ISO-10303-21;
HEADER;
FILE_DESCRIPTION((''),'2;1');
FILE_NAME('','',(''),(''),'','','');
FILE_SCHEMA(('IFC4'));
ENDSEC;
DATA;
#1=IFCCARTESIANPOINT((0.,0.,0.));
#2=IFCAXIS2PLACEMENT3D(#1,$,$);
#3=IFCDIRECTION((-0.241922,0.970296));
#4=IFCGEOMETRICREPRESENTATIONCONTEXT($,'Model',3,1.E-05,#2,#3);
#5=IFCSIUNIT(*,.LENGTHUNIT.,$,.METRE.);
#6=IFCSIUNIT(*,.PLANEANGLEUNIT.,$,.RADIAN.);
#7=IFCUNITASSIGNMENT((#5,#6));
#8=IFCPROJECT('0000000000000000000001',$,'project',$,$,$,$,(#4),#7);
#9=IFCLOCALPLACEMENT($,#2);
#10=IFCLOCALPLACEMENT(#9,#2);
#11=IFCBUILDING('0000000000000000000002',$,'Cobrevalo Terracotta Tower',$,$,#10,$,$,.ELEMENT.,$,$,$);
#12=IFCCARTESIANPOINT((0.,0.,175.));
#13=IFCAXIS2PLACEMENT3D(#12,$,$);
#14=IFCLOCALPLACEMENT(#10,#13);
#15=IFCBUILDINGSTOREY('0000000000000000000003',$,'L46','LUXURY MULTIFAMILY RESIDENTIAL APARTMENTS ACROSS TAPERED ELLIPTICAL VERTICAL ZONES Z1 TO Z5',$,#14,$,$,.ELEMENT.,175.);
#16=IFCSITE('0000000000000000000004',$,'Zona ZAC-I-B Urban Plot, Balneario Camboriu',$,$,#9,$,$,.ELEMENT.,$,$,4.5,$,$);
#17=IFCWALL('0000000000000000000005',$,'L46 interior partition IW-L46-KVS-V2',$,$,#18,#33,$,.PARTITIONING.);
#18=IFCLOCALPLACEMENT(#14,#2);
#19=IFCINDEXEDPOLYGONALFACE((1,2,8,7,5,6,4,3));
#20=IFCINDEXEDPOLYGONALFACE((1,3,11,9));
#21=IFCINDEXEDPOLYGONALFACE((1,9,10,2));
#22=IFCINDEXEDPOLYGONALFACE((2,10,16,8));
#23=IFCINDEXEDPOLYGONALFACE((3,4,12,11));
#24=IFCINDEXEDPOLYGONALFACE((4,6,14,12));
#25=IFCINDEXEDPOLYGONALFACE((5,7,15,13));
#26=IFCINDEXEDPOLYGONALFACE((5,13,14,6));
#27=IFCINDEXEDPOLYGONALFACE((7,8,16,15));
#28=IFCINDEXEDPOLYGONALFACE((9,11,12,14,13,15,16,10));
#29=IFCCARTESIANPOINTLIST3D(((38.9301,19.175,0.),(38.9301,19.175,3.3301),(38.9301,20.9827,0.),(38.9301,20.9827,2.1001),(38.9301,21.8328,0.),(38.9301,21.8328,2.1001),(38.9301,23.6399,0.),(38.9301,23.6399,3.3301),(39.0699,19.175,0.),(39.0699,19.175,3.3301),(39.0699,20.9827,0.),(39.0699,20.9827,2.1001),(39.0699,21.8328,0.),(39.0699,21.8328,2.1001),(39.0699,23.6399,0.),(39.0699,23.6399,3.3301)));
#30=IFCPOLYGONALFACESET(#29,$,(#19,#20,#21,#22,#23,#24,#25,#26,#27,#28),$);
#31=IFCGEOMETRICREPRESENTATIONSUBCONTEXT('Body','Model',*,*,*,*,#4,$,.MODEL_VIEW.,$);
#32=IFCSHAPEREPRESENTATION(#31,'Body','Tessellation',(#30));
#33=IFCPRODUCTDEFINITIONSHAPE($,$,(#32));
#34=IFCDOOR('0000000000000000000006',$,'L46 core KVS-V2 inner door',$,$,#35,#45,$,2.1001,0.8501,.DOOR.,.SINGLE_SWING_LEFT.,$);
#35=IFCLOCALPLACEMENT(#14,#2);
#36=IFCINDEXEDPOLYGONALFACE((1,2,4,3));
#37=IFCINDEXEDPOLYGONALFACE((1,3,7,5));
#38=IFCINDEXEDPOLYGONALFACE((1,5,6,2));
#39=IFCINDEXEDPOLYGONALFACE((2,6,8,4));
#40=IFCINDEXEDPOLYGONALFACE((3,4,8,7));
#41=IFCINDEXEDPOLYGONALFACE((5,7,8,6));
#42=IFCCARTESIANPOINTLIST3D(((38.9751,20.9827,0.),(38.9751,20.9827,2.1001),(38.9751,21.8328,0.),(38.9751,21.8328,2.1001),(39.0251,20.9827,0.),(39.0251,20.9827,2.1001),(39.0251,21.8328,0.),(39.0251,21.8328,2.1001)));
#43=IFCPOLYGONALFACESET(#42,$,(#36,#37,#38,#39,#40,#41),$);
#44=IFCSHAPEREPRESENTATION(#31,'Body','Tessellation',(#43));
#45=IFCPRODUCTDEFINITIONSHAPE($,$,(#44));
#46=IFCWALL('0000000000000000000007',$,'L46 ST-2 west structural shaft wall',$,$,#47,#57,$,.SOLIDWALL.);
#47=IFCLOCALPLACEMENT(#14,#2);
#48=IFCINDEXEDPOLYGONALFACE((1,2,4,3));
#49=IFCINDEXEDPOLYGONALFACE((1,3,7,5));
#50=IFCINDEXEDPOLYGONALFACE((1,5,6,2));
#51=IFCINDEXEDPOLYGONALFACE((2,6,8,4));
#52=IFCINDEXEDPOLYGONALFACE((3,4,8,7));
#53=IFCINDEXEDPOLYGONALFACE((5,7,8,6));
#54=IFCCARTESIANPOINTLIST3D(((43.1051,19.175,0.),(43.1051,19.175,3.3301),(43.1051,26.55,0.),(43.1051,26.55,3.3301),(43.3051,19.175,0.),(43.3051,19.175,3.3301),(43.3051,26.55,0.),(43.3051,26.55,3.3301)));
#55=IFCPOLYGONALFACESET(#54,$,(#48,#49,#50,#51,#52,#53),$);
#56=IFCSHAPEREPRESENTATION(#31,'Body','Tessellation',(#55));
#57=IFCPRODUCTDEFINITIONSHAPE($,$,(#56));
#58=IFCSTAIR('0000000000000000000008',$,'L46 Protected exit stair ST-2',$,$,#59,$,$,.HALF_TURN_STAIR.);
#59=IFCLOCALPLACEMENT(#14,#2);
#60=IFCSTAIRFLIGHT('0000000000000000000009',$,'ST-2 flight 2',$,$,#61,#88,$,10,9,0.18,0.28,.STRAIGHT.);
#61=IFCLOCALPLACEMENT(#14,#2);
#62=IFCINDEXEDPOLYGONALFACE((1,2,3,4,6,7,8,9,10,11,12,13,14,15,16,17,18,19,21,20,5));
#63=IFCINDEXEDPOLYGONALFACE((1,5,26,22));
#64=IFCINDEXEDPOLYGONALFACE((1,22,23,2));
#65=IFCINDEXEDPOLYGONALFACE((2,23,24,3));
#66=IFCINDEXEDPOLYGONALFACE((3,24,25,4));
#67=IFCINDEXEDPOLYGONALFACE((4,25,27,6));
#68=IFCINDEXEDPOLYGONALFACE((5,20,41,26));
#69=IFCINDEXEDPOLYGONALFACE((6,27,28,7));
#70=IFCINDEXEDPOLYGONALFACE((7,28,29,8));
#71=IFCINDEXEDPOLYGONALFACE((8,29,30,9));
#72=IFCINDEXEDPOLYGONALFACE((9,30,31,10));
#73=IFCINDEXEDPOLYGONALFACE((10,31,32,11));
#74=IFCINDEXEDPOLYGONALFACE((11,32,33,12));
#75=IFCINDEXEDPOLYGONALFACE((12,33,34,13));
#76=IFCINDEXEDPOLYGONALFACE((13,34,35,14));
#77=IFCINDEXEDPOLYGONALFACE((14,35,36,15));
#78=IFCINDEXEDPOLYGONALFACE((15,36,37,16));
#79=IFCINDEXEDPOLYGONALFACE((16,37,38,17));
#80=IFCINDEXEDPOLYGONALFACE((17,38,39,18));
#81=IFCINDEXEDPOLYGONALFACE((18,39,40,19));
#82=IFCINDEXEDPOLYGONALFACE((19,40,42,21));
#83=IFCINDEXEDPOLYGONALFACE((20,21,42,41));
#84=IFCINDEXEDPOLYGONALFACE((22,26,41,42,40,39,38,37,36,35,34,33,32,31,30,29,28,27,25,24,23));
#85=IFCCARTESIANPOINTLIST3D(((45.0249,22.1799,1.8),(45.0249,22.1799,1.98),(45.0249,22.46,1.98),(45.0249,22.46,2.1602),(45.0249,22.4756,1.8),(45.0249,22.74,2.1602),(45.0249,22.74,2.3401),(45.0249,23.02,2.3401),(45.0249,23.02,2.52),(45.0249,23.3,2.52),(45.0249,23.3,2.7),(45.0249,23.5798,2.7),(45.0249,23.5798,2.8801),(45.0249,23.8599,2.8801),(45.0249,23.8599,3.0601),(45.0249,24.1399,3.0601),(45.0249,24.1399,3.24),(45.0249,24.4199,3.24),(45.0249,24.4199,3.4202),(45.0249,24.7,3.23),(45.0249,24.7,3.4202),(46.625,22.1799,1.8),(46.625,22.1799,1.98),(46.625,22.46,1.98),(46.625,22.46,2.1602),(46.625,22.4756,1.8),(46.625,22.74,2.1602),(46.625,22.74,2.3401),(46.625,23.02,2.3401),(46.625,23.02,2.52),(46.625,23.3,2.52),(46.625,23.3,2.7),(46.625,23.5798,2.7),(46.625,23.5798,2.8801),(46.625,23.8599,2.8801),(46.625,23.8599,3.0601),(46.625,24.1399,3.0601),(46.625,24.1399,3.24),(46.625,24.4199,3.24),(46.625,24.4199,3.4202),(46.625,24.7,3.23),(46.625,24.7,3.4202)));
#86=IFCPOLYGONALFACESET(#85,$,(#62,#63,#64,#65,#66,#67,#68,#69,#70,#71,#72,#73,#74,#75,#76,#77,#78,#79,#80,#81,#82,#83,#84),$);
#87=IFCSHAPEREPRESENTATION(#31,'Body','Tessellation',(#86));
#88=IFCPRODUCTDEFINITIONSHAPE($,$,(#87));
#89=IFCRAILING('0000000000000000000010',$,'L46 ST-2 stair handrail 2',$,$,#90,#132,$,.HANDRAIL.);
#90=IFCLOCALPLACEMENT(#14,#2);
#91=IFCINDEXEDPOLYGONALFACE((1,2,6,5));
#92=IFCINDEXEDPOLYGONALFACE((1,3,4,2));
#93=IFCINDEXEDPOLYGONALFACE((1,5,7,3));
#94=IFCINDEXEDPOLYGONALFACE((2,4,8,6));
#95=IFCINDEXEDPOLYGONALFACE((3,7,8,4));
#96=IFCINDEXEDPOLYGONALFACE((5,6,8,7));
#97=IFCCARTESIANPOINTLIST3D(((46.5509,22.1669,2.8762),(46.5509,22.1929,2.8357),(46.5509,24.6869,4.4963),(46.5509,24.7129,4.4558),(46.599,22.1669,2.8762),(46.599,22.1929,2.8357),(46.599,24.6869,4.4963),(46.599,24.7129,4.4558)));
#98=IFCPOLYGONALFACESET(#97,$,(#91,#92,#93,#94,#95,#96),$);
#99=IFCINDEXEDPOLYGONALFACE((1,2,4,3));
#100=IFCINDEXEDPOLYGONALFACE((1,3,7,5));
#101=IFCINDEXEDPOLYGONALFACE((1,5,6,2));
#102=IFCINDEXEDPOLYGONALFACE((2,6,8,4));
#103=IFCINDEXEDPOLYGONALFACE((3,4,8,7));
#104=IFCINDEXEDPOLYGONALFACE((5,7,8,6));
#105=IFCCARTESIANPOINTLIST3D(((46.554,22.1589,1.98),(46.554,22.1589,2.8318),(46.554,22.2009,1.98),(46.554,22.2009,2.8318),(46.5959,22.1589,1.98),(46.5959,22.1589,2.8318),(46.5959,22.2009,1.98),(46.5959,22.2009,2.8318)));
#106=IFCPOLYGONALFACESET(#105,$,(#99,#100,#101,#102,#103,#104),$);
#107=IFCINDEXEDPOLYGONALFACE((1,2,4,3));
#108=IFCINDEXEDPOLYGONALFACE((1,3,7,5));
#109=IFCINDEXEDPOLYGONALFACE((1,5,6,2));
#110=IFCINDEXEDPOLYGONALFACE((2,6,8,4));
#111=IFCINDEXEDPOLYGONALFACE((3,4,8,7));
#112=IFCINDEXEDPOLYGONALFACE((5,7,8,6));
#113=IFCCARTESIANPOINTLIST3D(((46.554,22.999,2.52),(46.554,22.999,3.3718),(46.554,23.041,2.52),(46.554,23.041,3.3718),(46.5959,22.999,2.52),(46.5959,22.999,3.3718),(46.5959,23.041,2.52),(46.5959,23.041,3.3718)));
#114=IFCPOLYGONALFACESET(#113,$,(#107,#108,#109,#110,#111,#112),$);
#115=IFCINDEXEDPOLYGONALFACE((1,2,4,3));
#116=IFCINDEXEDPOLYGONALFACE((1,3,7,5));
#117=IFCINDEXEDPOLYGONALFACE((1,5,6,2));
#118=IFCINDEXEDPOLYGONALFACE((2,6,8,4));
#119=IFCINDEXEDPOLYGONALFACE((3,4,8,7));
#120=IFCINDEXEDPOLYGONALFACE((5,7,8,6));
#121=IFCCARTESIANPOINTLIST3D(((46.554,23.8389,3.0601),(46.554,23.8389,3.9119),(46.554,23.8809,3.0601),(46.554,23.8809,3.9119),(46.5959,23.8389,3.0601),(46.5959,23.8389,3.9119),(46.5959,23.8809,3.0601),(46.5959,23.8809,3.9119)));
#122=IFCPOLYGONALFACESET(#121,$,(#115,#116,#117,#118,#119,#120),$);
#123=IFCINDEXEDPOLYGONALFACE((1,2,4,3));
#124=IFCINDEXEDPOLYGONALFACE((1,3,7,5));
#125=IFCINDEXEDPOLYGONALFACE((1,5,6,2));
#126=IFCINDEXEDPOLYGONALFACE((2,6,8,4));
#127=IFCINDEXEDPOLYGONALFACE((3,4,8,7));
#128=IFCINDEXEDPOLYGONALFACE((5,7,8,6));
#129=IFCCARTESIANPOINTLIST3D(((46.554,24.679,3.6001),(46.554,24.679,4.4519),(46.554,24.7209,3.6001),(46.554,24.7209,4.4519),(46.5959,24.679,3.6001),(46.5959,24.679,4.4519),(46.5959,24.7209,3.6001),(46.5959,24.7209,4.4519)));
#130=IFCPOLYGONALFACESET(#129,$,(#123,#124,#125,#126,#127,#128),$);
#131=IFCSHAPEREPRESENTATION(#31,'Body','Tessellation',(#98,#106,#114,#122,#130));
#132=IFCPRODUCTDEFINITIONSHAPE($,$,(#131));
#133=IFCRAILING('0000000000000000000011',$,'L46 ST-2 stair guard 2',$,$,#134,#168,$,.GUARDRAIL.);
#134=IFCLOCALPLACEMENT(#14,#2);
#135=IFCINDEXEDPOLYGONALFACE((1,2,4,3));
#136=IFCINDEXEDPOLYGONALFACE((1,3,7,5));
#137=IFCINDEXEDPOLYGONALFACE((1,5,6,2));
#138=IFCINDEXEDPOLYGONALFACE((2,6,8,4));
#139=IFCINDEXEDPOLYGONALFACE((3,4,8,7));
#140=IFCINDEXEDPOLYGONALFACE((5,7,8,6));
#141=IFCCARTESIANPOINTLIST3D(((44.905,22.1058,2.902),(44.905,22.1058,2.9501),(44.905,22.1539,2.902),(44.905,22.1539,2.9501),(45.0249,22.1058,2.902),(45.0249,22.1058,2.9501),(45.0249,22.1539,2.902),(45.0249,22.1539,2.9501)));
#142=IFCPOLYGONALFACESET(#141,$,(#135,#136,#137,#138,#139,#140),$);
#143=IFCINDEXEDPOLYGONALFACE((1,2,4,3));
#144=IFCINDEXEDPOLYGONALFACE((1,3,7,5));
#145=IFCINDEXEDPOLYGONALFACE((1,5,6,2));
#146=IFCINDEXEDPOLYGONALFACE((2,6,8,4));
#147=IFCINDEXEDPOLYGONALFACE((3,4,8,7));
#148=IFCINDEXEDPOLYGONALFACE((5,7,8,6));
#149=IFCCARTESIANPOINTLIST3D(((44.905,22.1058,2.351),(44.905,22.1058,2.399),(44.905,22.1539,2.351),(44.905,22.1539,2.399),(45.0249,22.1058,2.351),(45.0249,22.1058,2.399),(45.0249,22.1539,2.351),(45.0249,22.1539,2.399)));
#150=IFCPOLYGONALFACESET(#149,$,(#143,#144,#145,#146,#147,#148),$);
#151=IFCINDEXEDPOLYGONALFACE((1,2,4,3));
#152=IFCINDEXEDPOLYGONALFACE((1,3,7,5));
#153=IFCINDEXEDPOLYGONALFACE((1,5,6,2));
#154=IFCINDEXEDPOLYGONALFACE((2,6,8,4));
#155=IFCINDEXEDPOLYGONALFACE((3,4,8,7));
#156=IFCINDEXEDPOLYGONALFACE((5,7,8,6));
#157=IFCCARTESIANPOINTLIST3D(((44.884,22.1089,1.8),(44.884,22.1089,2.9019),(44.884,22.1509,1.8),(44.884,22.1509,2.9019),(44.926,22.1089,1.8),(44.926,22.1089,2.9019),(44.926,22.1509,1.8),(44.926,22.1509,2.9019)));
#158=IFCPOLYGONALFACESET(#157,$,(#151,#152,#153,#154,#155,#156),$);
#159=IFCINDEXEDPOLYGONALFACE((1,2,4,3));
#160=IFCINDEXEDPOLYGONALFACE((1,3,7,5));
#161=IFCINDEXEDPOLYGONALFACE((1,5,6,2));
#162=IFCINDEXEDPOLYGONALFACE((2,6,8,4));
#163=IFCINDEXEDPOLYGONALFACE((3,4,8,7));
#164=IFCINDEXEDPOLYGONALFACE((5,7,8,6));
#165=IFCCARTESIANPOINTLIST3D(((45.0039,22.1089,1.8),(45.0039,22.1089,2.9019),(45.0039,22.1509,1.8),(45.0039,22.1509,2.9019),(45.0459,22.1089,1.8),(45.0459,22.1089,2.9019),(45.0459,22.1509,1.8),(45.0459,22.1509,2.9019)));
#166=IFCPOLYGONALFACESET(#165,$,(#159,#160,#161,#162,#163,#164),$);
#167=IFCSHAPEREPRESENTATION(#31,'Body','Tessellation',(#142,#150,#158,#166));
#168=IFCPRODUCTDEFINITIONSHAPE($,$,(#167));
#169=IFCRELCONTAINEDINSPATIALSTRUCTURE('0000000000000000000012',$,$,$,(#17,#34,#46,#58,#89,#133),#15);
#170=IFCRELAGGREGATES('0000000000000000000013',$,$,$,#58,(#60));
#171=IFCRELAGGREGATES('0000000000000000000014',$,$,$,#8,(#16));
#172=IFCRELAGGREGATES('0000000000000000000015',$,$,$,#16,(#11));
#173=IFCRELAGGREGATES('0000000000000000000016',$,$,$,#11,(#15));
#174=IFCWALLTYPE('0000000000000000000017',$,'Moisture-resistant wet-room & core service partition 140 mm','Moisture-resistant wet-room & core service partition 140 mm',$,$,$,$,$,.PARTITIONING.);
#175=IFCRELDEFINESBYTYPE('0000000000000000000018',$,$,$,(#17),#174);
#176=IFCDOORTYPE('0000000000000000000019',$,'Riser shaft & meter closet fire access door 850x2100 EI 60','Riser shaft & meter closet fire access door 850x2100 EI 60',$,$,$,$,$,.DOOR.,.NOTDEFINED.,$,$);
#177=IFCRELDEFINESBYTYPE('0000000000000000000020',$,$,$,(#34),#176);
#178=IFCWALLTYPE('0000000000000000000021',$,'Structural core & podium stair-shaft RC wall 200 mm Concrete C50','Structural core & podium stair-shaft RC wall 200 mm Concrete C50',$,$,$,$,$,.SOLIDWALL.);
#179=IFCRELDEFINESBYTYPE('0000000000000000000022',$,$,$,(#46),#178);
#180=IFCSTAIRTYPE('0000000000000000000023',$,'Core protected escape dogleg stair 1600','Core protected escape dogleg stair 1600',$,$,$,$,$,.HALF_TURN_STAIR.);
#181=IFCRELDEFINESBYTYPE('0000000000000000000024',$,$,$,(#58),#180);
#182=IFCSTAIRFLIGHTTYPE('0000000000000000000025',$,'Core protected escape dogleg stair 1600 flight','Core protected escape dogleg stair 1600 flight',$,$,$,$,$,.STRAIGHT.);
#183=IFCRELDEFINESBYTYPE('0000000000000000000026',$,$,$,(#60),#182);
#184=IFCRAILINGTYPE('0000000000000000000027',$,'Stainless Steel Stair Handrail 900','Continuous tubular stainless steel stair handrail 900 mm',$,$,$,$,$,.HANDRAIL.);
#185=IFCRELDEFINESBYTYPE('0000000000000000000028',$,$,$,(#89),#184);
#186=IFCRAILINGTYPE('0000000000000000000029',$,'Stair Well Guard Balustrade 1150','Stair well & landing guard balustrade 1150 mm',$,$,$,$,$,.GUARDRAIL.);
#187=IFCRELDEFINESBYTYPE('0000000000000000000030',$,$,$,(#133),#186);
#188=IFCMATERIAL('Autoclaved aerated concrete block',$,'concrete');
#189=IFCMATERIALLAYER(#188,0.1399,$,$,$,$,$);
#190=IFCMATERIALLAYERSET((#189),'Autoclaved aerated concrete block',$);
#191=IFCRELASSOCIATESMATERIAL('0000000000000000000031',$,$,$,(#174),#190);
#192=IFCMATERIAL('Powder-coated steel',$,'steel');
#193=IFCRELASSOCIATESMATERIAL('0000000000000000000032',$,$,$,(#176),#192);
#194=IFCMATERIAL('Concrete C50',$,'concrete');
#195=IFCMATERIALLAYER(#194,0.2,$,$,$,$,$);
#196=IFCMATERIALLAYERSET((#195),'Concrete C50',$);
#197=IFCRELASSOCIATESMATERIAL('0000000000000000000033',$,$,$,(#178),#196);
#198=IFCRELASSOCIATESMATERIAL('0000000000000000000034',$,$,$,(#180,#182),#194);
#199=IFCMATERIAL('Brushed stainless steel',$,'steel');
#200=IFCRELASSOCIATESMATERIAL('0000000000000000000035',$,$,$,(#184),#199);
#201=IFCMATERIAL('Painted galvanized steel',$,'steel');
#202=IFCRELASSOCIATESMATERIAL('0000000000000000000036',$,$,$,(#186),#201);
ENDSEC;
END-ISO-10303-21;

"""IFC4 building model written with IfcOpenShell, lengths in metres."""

from ifc_helpers import new_model, si_unit, direction, frame, frame_2d, origin, origin_2d, place, context, subcontext, project, spatial, polyline, rectangle, outline, extrude, source, transform, mapped, material, layer, layer_set, type_object, element, fill, aggregate, save


model = new_model("IFC4")

# Units and contexts
model_context = context("Model", 3, precision=1e-05, world=origin(), true_north=direction((-0.241922, 0.970296)))
body_context = subcontext(model_context, "Body", "Model", "MODEL_VIEW")
ifc_project = project(units=[si_unit("LENGTHUNIT", "METRE"), si_unit("PLANEANGLEUNIT", "RADIAN")], contexts=[model_context])

# Site, building, storey
site_placement = place(None, origin())
site = spatial("IfcSite", under=ifc_project, at=site_placement, Name="Zona ZAC-I-B Urban Plot, Balneario Camboriu", CompositionType="ELEMENT", RefElevation=4.5)
building_placement = place(site_placement, origin())
building = spatial("IfcBuilding", under=site, at=building_placement, Name="Cobrevalo Terracotta Tower", CompositionType="ELEMENT")
storey_placement = place(building_placement, frame((0.0, 0.0, 175.0)))
storey = spatial("IfcBuildingStorey", under=building, at=storey_placement, Name="L46", Description="LUXURY MULTIFAMILY RESIDENTIAL APARTMENTS ACROSS TAPERED ELLIPTICAL VERTICAL ZONES Z1 TO Z5", CompositionType="ELEMENT", Elevation=175.0)

# Shared definitions
ifc_material_1 = material(Name="Autoclaved aerated concrete block", Category="concrete")

# Shared definitions
ifc_material_2 = material(Name="Concrete C50", Category="concrete")

# Shared definitions
ifc_layer_1 = layer(ifc_material_1, 0.1399)
ifc_layer_set_1 = layer_set([ifc_layer_1], Name="Autoclaved aerated concrete block")
wall_type_1 = type_object("IfcWallType", Name="Moisture-resistant wet-room & core service partition 140 mm", Description="Moisture-resistant wet-room & core service partition 140 mm", PredefinedType="PARTITIONING", material=ifc_layer_set_1)

# Wall, opening, door
ifc_material_3 = material(Name="Powder-coated steel", Category="steel")
door_type_1 = type_object("IfcDoorType", Name="Riser shaft & meter closet fire access door 850x2100 EI 60", Description="Riser shaft & meter closet fire access door 850x2100 EI 60", OperationType="NOTDEFINED", PredefinedType="DOOR", material=ifc_material_3)
shared_shape_1 = source(origin(), body_context, "Body", "SweptSolid", [
    extrude(rectangle(XDim=0.8501, YDim=2.1001, at=frame_2d((0.425, 1.05))), frame((0.0, 0.0249, 0.0), z_axis=(0.0, -1.0, 0.0), x_axis=(1.0, 0.0, 0.0)), (0.0, 0.0, 1.0), 0.05),
])
wall_1_placement = place(storey_placement, frame((39.0, 19.175, 0.0), z_axis=(0.0, 0.0, 1.0), x_axis=(0.0, 1.0, 0.0)))
wall_1 = element("IfcWall", 1, at=wall_1_placement, inside=storey, type_object=wall_type_1, Name="L46 interior partition IW-L46-KVS-V2", PredefinedType="PARTITIONING", context=body_context, shape_type="SweptSolid", body=[
    extrude(rectangle(XDim=4.4648, YDim=0.1399, at=frame_2d((2.2324, 0.0))), origin(), (0.0, 0.0, 1.0), 3.3301),
])
opening_1_placement = place(wall_1_placement, frame((1.8076, 0.0, 0.0)))
opening_1 = element("IfcOpeningElement", 2, at=opening_1_placement, cuts=wall_1, PredefinedType="OPENING", context=body_context, shape_type="SweptSolid", body=[
    extrude(rectangle(XDim=0.8501, YDim=2.1001, at=frame_2d((0.425, 1.05))), frame((0.0, 0.0801, 0.0), z_axis=(0.0, -1.0, 0.0), x_axis=(1.0, 0.0, 0.0)), (0.0, 0.0, 1.0), 0.1599),
])
door_1_placement = place(opening_1_placement, origin())
door_1 = element("IfcDoor", 3, at=door_1_placement, inside=storey, type_object=door_type_1, Name="L46 core KVS-V2 inner door", OperationType="SINGLE_SWING_LEFT", OverallHeight=2.1001, OverallWidth=0.8501, PredefinedType="DOOR", context=body_context, shape_type="MappedRepresentation", body=[
    mapped(shared_shape_1, transform((0.0, 0.0, 0.0), scale=1.0)),
])
fill(opening_1, door_1)

# Wall
ifc_layer_2 = layer(ifc_material_2, 0.2)
ifc_layer_set_2 = layer_set([ifc_layer_2], Name="Concrete C50")
wall_type_2 = type_object("IfcWallType", Name="Structural core & podium stair-shaft RC wall 200 mm Concrete C50", Description="Structural core & podium stair-shaft RC wall 200 mm Concrete C50", PredefinedType="SOLIDWALL", material=ifc_layer_set_2)
wall_2_placement = place(storey_placement, frame((43.2051, 19.175, 0.0), z_axis=(0.0, 0.0, 1.0), x_axis=(0.0, 1.0, 0.0)))
element("IfcWall", 4, at=wall_2_placement, inside=storey, type_object=wall_type_2, Name="L46 ST-2 west structural shaft wall", PredefinedType="SOLIDWALL", context=body_context, shape_type="SweptSolid", body=[
    extrude(rectangle(XDim=7.375, YDim=0.2, at=frame_2d((3.6875, 0.0))), origin(), (0.0, 0.0, 1.0), 3.3301),
])

# Stair, stair flight
stair_type = type_object("IfcStairType", Name="Core protected escape dogleg stair 1600", Description="Core protected escape dogleg stair 1600", PredefinedType="HALF_TURN_STAIR", material=ifc_material_2)
stair_placement = place(storey_placement, origin())
stair = element("IfcStair", 5, at=stair_placement, inside=storey, type_object=stair_type, Name="L46 Protected exit stair ST-2", PredefinedType="HALF_TURN_STAIR")
stair_flight_type = type_object("IfcStairFlightType", Name="Core protected escape dogleg stair 1600 flight", Description="Core protected escape dogleg stair 1600 flight", PredefinedType="STRAIGHT", material=ifc_material_2)
stair_flight_placement = place(storey_placement, frame((45.825, 22.1799, 1.8), z_axis=(0.0, 0.0, 1.0), x_axis=(0.0, 1.0, 0.0)))
stair_flight = element("IfcStairFlight", 6, at=stair_flight_placement, type_object=stair_flight_type, Name="ST-2 flight 2", NumberOfRisers=10, NumberOfTreads=9, PredefinedType="STRAIGHT", RiserHeight=0.18, TreadLength=0.28, context=body_context, shape_type="SweptSolid", body=[
    extrude(outline(polyline([(0.0, 0.0), (0.0, 0.1799), (0.28, 0.1799), (0.28, 0.3601), (0.5601, 0.3601), (0.5601, 0.54), (0.8401, 0.54), (0.8401, 0.72), (1.1201, 0.72), (1.1201, 0.8999), (1.3999, 0.8999), (1.3999, 1.0801), (1.6799, 1.0801), (1.6799, 1.26), (1.96, 1.26), (1.96, 1.4399), (2.24, 1.4399), (2.24, 1.6201), (2.52, 1.6201), (2.52, 1.8), (2.52, 1.4299), (0.2957, 0.0), (0.0, 0.0)])), frame((0.0, 0.8, 0.0), z_axis=(0.0, -1.0, 0.0), x_axis=(1.0, 0.0, 0.0)), (0.0, 0.0, 1.0), 1.6001),
])
aggregate(stair, [stair_flight])

# Railings
ifc_material_4 = material(Name="Brushed stainless steel", Category="steel")
railing_type_1 = type_object("IfcRailingType", Name="Stainless Steel Stair Handrail 900", Description="Continuous tubular stainless steel stair handrail 900 mm", PredefinedType="HANDRAIL", material=ifc_material_4)
railing_1_placement = place(storey_placement, frame((46.575, 22.1799, 1.98)))
element("IfcRailing", 7, at=railing_1_placement, inside=storey, type_object=railing_type_1, Name="L46 ST-2 stair handrail 2", PredefinedType="HANDRAIL", context=body_context, shape_type="SweptSolid", body=[
    extrude(rectangle(XDim=0.0481, YDim=0.0481, at=origin_2d()), frame((0.0, 0.0, 0.876), z_axis=(0.0, 0.841163, 0.540782), x_axis=(-1.0, 0.0, 0.0)), (0.0, 0.0, 1.0), 2.9958),
    extrude(rectangle(XDim=0.042, YDim=0.042, at=origin_2d()), origin(), (0.0, 0.0, 1.0), 0.8518),
    extrude(rectangle(XDim=0.042, YDim=0.042, at=origin_2d()), frame((0.0, 0.8401, 0.54)), (0.0, 0.0, 1.0), 0.8518),
    extrude(rectangle(XDim=0.042, YDim=0.042, at=origin_2d()), frame((0.0, 1.6799, 1.0801)), (0.0, 0.0, 1.0), 0.8518),
    extrude(rectangle(XDim=0.042, YDim=0.042, at=origin_2d()), frame((0.0, 2.52, 1.6201)), (0.0, 0.0, 1.0), 0.8518),
])
ifc_material_5 = material(Name="Painted galvanized steel", Category="steel")
railing_type_2 = type_object("IfcRailingType", Name="Stair Well Guard Balustrade 1150", Description="Stair well & landing guard balustrade 1150 mm", PredefinedType="GUARDRAIL", material=ifc_material_5)
railing_2_placement = place(storey_placement, frame((44.905, 22.1299, 1.8)))
element("IfcRailing", 8, at=railing_2_placement, inside=storey, type_object=railing_type_2, Name="L46 ST-2 stair guard 2", PredefinedType="GUARDRAIL", context=body_context, shape_type="SweptSolid", body=[
    extrude(rectangle(XDim=0.0481, YDim=0.0481, at=origin_2d()), frame((0.0, 0.0, 1.126), z_axis=(1.0, 0.0, 0.0), x_axis=(0.0, 1.0, 0.0)), (0.0, 0.0, 1.0), 0.1199),
    extrude(rectangle(XDim=0.0481, YDim=0.0481, at=origin_2d()), frame((0.0, 0.0, 0.575), z_axis=(1.0, 0.0, 0.0), x_axis=(0.0, 1.0, 0.0)), (0.0, 0.0, 1.0), 0.1199),
    extrude(rectangle(XDim=0.042, YDim=0.042, at=origin_2d()), origin(), (0.0, 0.0, 1.0), 1.1018),
    extrude(rectangle(XDim=0.042, YDim=0.042, at=origin_2d()), frame((0.1199, 0.0, 0.0)), (0.0, 0.0, 1.0), 1.1018),
])

save(model, "model.ifc")
